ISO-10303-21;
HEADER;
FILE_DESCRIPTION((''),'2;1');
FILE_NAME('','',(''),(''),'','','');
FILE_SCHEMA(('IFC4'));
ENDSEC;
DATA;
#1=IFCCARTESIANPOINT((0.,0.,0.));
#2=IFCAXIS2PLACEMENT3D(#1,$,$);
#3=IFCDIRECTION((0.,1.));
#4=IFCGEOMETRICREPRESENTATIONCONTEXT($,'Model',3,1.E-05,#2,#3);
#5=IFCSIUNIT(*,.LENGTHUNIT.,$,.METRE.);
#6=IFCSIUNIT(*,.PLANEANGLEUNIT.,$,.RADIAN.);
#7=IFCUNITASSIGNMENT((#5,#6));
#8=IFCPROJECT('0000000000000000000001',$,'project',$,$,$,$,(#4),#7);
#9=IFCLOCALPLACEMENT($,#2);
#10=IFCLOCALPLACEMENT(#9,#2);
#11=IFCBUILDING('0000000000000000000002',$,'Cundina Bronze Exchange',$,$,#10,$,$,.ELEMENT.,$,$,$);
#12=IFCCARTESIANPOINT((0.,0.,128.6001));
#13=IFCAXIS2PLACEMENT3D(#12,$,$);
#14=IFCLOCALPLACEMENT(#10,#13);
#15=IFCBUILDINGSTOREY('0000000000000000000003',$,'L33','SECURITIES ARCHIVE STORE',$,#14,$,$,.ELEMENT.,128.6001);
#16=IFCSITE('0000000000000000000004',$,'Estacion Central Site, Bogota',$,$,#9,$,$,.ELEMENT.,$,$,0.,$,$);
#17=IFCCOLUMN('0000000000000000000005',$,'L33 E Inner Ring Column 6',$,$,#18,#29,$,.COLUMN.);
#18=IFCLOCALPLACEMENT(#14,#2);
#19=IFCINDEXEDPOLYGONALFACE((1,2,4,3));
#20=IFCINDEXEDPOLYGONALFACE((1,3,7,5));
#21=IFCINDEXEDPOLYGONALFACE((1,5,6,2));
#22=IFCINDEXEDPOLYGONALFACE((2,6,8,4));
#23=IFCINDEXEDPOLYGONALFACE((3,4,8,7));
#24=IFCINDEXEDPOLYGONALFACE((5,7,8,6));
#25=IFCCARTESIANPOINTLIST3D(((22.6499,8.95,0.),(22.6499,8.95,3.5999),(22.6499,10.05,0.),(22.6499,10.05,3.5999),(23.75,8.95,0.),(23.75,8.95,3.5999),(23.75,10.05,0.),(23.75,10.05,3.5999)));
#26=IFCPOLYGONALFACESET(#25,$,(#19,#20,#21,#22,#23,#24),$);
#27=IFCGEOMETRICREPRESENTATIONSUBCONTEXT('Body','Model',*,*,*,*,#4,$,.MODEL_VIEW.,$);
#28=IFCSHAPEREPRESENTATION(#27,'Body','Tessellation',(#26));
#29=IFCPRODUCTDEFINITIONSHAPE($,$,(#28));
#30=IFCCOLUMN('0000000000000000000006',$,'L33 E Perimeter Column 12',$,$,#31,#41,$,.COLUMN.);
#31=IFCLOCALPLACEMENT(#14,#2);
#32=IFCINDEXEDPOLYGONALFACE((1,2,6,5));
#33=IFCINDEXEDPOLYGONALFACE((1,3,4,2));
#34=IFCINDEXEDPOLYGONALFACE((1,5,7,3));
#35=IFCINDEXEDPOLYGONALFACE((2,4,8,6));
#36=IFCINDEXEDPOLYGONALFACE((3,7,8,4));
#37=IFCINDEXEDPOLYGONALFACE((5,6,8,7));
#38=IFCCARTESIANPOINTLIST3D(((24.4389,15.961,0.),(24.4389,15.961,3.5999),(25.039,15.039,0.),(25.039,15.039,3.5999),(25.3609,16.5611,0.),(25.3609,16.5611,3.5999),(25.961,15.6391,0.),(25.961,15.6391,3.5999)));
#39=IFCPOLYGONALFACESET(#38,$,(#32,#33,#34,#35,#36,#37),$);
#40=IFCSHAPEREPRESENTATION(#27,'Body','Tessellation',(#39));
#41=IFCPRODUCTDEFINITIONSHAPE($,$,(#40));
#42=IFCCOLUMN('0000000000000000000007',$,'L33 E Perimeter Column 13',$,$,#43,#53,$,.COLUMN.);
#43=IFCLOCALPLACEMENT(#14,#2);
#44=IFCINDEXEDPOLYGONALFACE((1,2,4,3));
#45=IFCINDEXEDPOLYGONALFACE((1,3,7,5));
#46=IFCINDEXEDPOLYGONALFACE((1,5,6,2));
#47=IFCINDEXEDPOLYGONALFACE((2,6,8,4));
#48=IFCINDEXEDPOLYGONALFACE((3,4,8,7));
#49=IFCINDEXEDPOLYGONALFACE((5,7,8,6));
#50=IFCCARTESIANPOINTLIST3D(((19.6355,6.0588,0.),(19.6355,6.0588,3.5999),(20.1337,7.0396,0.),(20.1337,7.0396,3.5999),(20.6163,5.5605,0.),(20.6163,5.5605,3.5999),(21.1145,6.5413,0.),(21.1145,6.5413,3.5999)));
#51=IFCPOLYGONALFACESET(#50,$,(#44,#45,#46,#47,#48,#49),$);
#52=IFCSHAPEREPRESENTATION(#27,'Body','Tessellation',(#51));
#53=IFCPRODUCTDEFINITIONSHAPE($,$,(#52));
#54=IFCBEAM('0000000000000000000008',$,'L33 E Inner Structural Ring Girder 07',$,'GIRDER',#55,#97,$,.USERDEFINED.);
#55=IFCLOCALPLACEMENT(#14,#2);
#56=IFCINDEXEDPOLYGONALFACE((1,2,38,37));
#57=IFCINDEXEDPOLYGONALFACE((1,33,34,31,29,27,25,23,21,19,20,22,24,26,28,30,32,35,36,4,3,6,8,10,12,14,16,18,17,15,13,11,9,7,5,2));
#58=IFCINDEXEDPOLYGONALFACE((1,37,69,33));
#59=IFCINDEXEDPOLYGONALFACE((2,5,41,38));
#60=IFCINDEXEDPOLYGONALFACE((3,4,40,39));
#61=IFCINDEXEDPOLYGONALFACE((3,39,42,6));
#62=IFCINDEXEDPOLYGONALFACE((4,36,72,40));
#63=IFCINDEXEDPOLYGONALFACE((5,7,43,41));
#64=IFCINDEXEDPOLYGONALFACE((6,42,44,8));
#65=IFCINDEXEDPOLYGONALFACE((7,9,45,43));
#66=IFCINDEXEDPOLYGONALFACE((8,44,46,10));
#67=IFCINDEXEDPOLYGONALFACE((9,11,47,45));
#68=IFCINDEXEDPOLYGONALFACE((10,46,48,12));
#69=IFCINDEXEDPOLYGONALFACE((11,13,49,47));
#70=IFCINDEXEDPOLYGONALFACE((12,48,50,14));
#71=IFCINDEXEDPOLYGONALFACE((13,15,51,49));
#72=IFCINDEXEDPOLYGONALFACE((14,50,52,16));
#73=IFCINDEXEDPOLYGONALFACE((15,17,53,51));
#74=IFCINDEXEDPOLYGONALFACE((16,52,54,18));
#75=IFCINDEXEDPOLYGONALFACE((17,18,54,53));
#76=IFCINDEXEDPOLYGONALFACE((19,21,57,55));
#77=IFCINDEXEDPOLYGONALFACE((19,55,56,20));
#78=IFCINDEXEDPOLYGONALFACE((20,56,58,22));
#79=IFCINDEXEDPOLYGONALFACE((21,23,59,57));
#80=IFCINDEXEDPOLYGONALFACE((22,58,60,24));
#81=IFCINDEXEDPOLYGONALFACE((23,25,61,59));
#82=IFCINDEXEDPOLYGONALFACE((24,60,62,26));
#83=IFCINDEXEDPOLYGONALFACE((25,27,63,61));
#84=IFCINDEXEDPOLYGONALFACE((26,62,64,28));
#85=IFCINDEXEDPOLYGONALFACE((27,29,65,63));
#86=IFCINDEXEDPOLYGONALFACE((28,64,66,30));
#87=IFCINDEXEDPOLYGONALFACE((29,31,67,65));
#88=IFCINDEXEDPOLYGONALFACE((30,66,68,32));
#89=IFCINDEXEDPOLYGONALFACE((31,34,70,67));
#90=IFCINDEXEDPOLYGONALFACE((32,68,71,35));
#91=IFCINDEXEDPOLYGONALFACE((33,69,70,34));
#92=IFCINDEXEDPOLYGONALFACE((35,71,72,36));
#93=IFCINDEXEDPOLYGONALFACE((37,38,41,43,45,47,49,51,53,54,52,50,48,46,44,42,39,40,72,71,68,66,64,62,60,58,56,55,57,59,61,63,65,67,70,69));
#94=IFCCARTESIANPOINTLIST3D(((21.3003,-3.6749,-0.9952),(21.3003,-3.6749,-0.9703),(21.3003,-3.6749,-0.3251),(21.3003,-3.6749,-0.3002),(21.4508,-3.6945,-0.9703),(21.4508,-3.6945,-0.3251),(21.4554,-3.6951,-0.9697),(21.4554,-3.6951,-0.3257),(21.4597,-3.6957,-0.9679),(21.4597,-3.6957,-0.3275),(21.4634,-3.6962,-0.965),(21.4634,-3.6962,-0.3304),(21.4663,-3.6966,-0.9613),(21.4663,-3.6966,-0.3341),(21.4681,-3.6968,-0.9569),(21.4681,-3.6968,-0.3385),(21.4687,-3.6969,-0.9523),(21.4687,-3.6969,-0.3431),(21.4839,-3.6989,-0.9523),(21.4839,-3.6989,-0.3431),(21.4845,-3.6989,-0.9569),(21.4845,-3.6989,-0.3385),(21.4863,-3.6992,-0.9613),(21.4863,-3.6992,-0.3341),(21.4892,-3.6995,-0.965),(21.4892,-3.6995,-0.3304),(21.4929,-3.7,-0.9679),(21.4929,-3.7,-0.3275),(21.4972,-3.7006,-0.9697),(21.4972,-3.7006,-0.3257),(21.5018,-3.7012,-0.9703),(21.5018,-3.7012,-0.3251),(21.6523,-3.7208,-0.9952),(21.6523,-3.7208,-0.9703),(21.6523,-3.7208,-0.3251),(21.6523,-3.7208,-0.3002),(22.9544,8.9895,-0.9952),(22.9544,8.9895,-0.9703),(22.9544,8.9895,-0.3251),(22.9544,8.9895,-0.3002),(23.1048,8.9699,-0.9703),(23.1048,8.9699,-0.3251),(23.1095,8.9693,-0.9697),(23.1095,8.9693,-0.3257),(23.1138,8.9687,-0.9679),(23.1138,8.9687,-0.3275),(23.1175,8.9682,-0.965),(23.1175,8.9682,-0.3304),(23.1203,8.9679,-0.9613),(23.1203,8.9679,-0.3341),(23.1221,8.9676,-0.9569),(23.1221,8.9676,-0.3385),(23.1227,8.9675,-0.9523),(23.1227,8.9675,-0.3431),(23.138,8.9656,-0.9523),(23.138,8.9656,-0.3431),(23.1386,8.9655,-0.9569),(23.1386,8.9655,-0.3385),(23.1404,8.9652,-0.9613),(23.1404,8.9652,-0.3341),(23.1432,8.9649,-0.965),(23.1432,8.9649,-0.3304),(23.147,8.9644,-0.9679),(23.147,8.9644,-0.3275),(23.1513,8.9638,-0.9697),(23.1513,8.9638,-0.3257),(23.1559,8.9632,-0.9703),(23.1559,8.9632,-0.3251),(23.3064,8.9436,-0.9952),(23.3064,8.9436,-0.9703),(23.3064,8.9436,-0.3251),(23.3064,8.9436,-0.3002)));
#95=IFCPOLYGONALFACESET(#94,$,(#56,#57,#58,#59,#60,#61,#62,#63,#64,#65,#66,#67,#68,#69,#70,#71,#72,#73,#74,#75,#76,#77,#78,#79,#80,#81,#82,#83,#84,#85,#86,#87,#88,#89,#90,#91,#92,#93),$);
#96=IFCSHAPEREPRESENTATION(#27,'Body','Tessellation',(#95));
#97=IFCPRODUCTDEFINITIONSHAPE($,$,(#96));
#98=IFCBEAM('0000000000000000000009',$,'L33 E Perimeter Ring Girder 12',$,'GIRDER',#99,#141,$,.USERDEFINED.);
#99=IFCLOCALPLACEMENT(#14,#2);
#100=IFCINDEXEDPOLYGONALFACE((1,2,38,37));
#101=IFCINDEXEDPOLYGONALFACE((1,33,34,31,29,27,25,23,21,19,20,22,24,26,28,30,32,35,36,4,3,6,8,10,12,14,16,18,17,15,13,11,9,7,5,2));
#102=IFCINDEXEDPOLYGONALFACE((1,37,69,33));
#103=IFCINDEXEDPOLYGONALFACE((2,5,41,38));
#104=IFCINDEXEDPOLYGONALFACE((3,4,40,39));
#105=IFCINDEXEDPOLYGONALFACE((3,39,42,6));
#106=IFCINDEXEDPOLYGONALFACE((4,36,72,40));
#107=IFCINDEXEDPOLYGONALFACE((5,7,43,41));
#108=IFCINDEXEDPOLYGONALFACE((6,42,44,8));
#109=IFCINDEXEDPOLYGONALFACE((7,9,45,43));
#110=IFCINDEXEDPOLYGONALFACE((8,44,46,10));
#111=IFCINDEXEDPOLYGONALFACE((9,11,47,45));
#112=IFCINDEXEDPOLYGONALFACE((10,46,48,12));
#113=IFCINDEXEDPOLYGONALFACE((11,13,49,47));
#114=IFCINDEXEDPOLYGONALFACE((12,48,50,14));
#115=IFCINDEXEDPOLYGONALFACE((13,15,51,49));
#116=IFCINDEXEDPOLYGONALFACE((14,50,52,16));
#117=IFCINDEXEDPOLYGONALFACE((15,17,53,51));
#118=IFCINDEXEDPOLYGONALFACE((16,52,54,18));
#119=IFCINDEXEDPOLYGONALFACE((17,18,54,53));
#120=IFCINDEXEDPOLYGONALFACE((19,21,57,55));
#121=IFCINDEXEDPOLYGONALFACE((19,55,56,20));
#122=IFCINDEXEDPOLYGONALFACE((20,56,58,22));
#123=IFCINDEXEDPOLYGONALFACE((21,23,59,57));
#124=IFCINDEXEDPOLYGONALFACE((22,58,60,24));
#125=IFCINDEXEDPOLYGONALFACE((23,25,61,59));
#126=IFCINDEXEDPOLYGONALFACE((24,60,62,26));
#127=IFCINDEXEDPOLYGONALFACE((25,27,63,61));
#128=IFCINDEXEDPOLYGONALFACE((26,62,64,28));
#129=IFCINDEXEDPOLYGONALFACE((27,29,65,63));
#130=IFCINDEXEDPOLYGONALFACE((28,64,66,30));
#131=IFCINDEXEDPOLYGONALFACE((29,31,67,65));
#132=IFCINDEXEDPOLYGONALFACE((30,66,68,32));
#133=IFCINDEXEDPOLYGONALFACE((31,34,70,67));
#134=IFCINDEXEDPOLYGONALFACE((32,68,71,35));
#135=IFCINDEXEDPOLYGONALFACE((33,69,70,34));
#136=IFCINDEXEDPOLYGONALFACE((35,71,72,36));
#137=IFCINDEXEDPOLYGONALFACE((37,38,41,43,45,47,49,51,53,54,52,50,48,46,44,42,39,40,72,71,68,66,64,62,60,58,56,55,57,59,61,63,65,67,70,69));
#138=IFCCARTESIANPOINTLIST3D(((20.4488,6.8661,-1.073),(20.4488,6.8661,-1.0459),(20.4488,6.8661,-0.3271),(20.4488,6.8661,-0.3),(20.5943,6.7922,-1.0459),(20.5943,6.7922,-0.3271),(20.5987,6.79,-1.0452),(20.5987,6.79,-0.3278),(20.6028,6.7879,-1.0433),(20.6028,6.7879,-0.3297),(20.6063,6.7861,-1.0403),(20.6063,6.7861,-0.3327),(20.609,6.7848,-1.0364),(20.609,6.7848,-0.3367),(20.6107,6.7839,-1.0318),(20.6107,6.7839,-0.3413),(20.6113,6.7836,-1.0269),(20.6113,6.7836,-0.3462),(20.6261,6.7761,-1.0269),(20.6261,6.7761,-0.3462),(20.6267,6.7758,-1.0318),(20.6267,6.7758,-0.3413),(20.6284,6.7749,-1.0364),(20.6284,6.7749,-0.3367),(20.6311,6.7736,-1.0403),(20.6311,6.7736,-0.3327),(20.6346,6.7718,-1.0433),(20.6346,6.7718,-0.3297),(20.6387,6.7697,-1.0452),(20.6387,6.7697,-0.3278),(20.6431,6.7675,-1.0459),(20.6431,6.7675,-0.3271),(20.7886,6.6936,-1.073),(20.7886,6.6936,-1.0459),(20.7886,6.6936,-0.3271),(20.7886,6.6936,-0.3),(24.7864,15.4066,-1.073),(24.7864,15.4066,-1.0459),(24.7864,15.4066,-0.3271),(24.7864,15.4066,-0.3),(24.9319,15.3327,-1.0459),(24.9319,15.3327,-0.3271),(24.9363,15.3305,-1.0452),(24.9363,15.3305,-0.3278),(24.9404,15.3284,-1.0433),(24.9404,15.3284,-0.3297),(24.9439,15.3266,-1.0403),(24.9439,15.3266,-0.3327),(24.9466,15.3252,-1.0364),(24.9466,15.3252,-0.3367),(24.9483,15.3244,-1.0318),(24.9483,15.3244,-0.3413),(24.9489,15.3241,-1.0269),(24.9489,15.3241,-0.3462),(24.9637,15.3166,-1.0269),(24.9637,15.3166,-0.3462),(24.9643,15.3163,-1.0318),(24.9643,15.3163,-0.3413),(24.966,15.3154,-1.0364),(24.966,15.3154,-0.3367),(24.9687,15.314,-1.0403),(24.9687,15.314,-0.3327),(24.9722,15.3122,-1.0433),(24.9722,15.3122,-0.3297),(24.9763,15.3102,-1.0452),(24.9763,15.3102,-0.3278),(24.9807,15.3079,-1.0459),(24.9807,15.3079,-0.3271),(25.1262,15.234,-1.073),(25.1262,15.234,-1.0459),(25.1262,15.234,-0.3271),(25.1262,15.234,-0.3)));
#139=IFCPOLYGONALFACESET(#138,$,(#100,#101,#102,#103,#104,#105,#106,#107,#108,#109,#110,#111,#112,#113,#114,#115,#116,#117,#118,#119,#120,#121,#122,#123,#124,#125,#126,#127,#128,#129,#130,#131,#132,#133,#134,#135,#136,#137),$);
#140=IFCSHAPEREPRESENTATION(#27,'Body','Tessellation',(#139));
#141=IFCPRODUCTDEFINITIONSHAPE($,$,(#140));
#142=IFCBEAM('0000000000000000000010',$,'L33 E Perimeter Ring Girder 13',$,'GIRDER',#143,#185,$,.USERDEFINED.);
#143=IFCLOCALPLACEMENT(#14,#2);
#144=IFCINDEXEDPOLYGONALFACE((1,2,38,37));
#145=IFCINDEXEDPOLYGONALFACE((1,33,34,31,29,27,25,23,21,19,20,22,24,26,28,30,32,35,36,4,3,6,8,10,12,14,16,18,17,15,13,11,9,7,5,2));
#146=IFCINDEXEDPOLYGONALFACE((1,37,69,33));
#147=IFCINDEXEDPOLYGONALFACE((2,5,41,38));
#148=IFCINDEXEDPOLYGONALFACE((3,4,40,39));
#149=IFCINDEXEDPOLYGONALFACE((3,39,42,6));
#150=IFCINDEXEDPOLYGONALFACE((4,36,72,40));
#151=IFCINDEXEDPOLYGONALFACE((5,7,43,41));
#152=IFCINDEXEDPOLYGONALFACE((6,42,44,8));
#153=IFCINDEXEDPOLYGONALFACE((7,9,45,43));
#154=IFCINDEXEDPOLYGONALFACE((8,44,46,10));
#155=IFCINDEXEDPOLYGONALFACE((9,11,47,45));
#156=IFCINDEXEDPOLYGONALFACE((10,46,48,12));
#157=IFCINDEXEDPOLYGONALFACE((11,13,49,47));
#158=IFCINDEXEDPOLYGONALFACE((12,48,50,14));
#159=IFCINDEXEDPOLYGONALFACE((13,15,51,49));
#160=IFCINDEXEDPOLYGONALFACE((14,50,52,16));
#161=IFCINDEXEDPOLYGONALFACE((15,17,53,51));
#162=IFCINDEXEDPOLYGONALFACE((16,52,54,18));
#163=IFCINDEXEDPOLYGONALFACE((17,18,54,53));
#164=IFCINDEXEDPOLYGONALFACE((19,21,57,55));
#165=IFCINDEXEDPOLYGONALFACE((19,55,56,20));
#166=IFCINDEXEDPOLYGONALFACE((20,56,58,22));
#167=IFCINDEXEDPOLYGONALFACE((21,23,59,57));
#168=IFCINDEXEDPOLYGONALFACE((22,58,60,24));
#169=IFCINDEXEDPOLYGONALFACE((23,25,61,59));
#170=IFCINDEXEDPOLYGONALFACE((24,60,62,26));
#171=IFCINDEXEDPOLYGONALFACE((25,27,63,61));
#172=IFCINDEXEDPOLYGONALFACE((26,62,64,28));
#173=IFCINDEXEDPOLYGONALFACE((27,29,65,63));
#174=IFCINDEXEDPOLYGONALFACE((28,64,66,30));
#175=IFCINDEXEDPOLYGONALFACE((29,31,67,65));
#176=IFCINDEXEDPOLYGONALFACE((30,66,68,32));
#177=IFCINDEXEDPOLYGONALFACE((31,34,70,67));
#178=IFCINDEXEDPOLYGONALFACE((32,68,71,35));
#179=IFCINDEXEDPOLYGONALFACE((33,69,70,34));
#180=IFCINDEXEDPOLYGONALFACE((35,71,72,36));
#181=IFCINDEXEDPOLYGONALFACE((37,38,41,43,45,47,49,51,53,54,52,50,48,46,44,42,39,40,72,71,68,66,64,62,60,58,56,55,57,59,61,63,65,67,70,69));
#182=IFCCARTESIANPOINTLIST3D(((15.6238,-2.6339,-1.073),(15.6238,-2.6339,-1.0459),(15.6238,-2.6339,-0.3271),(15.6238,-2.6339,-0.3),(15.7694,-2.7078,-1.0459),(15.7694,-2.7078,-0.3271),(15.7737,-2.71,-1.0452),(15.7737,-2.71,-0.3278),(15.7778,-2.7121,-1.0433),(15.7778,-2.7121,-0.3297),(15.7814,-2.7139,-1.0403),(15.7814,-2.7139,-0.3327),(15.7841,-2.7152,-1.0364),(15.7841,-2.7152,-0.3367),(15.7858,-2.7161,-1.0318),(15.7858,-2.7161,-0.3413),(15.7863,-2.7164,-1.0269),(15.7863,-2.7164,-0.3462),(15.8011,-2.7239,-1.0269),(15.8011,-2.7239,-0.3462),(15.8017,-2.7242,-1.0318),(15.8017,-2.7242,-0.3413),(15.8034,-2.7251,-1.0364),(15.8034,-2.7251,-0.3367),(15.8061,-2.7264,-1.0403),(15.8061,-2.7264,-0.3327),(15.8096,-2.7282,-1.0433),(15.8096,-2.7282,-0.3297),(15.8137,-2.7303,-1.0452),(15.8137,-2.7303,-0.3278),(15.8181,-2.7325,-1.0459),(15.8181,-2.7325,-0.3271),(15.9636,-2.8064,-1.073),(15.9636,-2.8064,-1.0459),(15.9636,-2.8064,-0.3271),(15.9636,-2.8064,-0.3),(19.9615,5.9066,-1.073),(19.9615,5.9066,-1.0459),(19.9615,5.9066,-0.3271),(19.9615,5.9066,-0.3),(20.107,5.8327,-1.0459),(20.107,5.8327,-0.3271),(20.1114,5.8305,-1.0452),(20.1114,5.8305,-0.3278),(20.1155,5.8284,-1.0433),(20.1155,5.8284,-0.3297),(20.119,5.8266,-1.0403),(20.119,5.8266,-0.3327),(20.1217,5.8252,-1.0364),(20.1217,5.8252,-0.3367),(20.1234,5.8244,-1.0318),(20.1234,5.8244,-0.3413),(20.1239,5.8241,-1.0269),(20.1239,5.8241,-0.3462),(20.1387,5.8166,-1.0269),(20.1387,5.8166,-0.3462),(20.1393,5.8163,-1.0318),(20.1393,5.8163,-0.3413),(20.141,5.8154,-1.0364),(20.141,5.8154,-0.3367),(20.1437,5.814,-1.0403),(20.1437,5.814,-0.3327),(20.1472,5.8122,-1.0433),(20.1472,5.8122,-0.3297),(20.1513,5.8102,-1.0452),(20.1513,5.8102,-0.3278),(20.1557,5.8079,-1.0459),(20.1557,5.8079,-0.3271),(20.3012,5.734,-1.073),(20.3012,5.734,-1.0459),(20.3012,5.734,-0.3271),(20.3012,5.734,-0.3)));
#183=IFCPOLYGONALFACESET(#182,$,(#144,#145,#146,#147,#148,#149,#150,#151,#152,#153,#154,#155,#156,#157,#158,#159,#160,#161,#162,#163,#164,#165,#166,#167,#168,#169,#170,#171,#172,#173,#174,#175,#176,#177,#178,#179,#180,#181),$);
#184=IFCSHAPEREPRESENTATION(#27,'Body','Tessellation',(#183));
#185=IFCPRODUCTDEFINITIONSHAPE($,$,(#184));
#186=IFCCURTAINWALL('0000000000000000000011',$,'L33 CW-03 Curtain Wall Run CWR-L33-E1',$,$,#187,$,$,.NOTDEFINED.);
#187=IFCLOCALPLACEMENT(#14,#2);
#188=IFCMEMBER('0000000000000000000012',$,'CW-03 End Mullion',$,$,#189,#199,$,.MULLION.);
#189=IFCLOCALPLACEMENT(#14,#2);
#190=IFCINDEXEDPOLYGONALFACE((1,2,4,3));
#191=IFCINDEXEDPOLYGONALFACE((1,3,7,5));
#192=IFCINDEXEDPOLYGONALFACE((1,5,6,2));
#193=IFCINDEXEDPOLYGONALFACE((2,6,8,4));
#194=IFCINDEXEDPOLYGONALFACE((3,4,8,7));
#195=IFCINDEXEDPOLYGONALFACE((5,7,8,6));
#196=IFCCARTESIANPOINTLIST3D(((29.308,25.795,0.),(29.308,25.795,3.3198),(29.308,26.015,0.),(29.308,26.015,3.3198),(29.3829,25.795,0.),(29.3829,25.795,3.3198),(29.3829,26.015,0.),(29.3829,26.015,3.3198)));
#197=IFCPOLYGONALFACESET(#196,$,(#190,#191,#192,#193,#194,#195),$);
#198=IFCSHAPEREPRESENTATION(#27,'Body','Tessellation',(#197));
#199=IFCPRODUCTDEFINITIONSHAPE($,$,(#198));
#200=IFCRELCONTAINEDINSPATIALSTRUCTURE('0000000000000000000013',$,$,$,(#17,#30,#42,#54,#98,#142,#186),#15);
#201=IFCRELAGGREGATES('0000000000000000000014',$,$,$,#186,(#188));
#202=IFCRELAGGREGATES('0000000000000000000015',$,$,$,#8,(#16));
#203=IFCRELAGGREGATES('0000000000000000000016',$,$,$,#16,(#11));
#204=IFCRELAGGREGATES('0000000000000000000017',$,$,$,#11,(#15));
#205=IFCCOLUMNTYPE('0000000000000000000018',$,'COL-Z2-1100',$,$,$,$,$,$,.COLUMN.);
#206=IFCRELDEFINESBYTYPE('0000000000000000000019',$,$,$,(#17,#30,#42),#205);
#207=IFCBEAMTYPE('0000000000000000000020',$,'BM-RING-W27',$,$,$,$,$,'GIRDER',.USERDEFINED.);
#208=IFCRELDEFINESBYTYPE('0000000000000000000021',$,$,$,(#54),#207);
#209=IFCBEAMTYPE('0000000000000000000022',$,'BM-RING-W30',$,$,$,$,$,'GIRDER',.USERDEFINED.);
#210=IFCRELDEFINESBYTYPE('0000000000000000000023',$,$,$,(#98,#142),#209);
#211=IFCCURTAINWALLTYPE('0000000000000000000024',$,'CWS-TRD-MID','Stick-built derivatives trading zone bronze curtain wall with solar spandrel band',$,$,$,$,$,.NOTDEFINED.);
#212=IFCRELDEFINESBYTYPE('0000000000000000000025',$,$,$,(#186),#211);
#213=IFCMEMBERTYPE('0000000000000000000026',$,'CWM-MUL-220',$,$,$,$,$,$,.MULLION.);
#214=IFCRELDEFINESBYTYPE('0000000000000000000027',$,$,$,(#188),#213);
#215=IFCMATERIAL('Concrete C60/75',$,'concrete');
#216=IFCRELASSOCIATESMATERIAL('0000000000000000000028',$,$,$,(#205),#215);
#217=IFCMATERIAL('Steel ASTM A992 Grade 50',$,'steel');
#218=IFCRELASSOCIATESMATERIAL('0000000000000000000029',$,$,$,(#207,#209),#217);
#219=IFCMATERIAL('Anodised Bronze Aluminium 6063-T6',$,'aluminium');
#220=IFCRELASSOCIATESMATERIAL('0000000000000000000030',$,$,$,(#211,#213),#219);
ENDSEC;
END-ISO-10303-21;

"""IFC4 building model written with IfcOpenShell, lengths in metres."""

from ifc_helpers import new_model, si_unit, direction, frame, origin, origin_2d, place, context, subcontext, project, spatial, rectangle, i_section, extrude, material, material_profile, profile_set, type_object, element, aggregate, save


model = new_model("IFC4")

# Units and contexts
model_context = context("Model", 3, precision=1e-05, world=origin(), true_north=direction((0.0, 1.0)))
body_context = subcontext(model_context, "Body", "Model", "MODEL_VIEW")
ifc_project = project(units=[si_unit("LENGTHUNIT", "METRE"), si_unit("PLANEANGLEUNIT", "RADIAN")], contexts=[model_context])

# Site, building, storey
site_placement = place(None, origin())
site = spatial("IfcSite", under=ifc_project, at=site_placement, Name="Estacion Central Site, Bogota", CompositionType="ELEMENT", RefElevation=0.0)
building_placement = place(site_placement, origin())
building = spatial("IfcBuilding", under=site, at=building_placement, Name="Cundina Bronze Exchange", CompositionType="ELEMENT")
storey_placement = place(building_placement, frame((0.0, 0.0, 128.6001)))
storey = spatial("IfcBuildingStorey", under=building, at=storey_placement, Name="L33", Description="SECURITIES ARCHIVE STORE", CompositionType="ELEMENT", Elevation=128.6001)

# Columns
ifc_material_1 = material(Name="Concrete C60/75", Category="concrete")
ifc_material_profile_1 = material_profile(ifc_material_1, rectangle(XDim=1.1001, YDim=1.1001, at=origin_2d()), Name="RC1100X1100", Category="concrete")
ifc_profile_set_1 = profile_set([ifc_material_profile_1], Name="Concrete C60/75")
column_type = type_object("IfcColumnType", Name="COL-Z2-1100", PredefinedType="COLUMN", material=ifc_profile_set_1)
for number, where, z_axis, x_axis, name in (
    (1, (23.2, 9.5, 0.0), (0.0, 0.0, 1.0), (1.0, 0.0, 0.0), "L33 E Inner Ring Column 6"),
    (2, (25.2, 15.8, 0.0), (0.0, 0.0, 1.0), (-0.8381, -0.545517, 0.0), "L33 E Perimeter Column 12"),
    (3, (20.375, 6.3, 0.0), (0.0, 0.0, 1.0), (-0.452902, -0.891561, 0.0), "L33 E Perimeter Column 13"),
):
    element("IfcColumn", number, at=place(storey_placement, frame(where, z_axis=z_axis, x_axis=x_axis)), inside=storey, type_object=column_type, Name=name, PredefinedType="COLUMN", context=body_context, shape_type="SweptSolid", body=[
        extrude(rectangle(XDim=1.1001, YDim=1.1001, at=origin_2d()), origin(), (0.0, 0.0, 1.0), 3.5999),
    ])

# Beams
ifc_material_2 = material(Name="Steel ASTM A992 Grade 50", Category="steel")
ifc_material_profile_2 = material_profile(ifc_material_2, i_section(OverallWidth=0.355, OverallDepth=0.6951, WebThickness=0.0154, FlangeThickness=0.0249, FilletRadius=0.0181, at=origin_2d()), Name="W27X146", Category="steel")
ifc_profile_set_2 = profile_set([ifc_material_profile_2], Name="Steel ASTM A992 Grade 50")
beam_type_1 = type_object("IfcBeamType", Name="BM-RING-W27", ElementType="GIRDER", PredefinedType="USERDEFINED", material=ifc_profile_set_2)
beam_placement = place(storey_placement, frame((23.1304, 8.9666, -0.6477), z_axis=(-0.129508, -0.991578, 0.0), x_axis=(0.991578, -0.129508, 0.0)))
element("IfcBeam", 4, at=beam_placement, inside=storey, type_object=beam_type_1, Name="L33 E Inner Structural Ring Girder 07", ObjectType="GIRDER", PredefinedType="USERDEFINED", context=body_context, shape_type="SweptSolid", body=[
    extrude(i_section(OverallWidth=0.355, OverallDepth=0.6951, WebThickness=0.0154, FlangeThickness=0.0249, FilletRadius=0.0181, at=origin_2d()), origin(), (0.0, 0.0, 1.0), 12.772),
])
ifc_material_profile_3 = material_profile(ifc_material_2, i_section(OverallWidth=0.3811, OverallDepth=0.7729, WebThickness=0.0166, FlangeThickness=0.0271, FilletRadius=0.019, at=origin_2d()), Name="W30X173", Category="steel")
ifc_profile_set_3 = profile_set([ifc_material_profile_3], Name="Steel ASTM A992 Grade 50")
beam_type_2 = type_object("IfcBeamType", Name="BM-RING-W30", ElementType="GIRDER", PredefinedType="USERDEFINED", material=ifc_profile_set_3)
for number, where, z_axis, x_axis, name in (
    (5, (24.9563, 15.3203, -0.6865), (-0.452832, -0.891596, 0.0), (0.891596, -0.452832, 0.0), "L33 E Perimeter Ring Girder 12"),
    (6, (20.1313, 5.8203, -0.6865), (-0.452832, -0.891596, 0.0), (0.891596, -0.452832, 0.0), "L33 E Perimeter Ring Girder 13"),
):
    element("IfcBeam", number, at=place(storey_placement, frame(where, z_axis=z_axis, x_axis=x_axis)), inside=storey, type_object=beam_type_2, Name=name, ObjectType="GIRDER", PredefinedType="USERDEFINED", context=body_context, shape_type="SweptSolid", body=[
        extrude(i_section(OverallWidth=0.3811, OverallDepth=0.7729, WebThickness=0.0166, FlangeThickness=0.0271, FilletRadius=0.019, at=origin_2d()), origin(), (0.0, 0.0, 1.0), 9.5789),
    ])

# Curtain wall, member
ifc_material_3 = material(Name="Anodised Bronze Aluminium 6063-T6", Category="aluminium")
curtain_wall_type = type_object("IfcCurtainWallType", Name="CWS-TRD-MID", Description="Stick-built derivatives trading zone bronze curtain wall with solar spandrel band", PredefinedType="NOTDEFINED", material=ifc_material_3)
curtain_wall_1_placement = place(storey_placement, origin())
curtain_wall_1 = element("IfcCurtainWall", 7, at=curtain_wall_1_placement, inside=storey, type_object=curtain_wall_type, Name="L33 CW-03 Curtain Wall Run CWR-L33-E1", PredefinedType="NOTDEFINED")
ifc_material_profile_4 = material_profile(ifc_material_3, rectangle(XDim=0.075, YDim=0.22, at=origin_2d()), Name="AL75X220", Category="aluminium")
ifc_profile_set_4 = profile_set([ifc_material_profile_4], Name="Anodised Bronze Aluminium 6063-T6")
member_type_1 = type_object("IfcMemberType", Name="CWM-MUL-220", PredefinedType="MULLION", material=ifc_profile_set_4)
member_1_placement = place(storey_placement, frame((29.3455, 25.905, 0.0), z_axis=(0.0, 0.0, 1.0), x_axis=(-1.0, 0.0, 0.0)))
member_1 = element("IfcMember", 8, at=member_1_placement, type_object=member_type_1, Name="CW-03 End Mullion", PredefinedType="MULLION", context=body_context, shape_type="SweptSolid", body=[
    extrude(rectangle(XDim=0.075, YDim=0.22, at=origin_2d()), origin(), (0.0, 0.0, 1.0), 3.3198),
])
aggregate(curtain_wall_1, [member_1])

save(model, "model.ifc")
